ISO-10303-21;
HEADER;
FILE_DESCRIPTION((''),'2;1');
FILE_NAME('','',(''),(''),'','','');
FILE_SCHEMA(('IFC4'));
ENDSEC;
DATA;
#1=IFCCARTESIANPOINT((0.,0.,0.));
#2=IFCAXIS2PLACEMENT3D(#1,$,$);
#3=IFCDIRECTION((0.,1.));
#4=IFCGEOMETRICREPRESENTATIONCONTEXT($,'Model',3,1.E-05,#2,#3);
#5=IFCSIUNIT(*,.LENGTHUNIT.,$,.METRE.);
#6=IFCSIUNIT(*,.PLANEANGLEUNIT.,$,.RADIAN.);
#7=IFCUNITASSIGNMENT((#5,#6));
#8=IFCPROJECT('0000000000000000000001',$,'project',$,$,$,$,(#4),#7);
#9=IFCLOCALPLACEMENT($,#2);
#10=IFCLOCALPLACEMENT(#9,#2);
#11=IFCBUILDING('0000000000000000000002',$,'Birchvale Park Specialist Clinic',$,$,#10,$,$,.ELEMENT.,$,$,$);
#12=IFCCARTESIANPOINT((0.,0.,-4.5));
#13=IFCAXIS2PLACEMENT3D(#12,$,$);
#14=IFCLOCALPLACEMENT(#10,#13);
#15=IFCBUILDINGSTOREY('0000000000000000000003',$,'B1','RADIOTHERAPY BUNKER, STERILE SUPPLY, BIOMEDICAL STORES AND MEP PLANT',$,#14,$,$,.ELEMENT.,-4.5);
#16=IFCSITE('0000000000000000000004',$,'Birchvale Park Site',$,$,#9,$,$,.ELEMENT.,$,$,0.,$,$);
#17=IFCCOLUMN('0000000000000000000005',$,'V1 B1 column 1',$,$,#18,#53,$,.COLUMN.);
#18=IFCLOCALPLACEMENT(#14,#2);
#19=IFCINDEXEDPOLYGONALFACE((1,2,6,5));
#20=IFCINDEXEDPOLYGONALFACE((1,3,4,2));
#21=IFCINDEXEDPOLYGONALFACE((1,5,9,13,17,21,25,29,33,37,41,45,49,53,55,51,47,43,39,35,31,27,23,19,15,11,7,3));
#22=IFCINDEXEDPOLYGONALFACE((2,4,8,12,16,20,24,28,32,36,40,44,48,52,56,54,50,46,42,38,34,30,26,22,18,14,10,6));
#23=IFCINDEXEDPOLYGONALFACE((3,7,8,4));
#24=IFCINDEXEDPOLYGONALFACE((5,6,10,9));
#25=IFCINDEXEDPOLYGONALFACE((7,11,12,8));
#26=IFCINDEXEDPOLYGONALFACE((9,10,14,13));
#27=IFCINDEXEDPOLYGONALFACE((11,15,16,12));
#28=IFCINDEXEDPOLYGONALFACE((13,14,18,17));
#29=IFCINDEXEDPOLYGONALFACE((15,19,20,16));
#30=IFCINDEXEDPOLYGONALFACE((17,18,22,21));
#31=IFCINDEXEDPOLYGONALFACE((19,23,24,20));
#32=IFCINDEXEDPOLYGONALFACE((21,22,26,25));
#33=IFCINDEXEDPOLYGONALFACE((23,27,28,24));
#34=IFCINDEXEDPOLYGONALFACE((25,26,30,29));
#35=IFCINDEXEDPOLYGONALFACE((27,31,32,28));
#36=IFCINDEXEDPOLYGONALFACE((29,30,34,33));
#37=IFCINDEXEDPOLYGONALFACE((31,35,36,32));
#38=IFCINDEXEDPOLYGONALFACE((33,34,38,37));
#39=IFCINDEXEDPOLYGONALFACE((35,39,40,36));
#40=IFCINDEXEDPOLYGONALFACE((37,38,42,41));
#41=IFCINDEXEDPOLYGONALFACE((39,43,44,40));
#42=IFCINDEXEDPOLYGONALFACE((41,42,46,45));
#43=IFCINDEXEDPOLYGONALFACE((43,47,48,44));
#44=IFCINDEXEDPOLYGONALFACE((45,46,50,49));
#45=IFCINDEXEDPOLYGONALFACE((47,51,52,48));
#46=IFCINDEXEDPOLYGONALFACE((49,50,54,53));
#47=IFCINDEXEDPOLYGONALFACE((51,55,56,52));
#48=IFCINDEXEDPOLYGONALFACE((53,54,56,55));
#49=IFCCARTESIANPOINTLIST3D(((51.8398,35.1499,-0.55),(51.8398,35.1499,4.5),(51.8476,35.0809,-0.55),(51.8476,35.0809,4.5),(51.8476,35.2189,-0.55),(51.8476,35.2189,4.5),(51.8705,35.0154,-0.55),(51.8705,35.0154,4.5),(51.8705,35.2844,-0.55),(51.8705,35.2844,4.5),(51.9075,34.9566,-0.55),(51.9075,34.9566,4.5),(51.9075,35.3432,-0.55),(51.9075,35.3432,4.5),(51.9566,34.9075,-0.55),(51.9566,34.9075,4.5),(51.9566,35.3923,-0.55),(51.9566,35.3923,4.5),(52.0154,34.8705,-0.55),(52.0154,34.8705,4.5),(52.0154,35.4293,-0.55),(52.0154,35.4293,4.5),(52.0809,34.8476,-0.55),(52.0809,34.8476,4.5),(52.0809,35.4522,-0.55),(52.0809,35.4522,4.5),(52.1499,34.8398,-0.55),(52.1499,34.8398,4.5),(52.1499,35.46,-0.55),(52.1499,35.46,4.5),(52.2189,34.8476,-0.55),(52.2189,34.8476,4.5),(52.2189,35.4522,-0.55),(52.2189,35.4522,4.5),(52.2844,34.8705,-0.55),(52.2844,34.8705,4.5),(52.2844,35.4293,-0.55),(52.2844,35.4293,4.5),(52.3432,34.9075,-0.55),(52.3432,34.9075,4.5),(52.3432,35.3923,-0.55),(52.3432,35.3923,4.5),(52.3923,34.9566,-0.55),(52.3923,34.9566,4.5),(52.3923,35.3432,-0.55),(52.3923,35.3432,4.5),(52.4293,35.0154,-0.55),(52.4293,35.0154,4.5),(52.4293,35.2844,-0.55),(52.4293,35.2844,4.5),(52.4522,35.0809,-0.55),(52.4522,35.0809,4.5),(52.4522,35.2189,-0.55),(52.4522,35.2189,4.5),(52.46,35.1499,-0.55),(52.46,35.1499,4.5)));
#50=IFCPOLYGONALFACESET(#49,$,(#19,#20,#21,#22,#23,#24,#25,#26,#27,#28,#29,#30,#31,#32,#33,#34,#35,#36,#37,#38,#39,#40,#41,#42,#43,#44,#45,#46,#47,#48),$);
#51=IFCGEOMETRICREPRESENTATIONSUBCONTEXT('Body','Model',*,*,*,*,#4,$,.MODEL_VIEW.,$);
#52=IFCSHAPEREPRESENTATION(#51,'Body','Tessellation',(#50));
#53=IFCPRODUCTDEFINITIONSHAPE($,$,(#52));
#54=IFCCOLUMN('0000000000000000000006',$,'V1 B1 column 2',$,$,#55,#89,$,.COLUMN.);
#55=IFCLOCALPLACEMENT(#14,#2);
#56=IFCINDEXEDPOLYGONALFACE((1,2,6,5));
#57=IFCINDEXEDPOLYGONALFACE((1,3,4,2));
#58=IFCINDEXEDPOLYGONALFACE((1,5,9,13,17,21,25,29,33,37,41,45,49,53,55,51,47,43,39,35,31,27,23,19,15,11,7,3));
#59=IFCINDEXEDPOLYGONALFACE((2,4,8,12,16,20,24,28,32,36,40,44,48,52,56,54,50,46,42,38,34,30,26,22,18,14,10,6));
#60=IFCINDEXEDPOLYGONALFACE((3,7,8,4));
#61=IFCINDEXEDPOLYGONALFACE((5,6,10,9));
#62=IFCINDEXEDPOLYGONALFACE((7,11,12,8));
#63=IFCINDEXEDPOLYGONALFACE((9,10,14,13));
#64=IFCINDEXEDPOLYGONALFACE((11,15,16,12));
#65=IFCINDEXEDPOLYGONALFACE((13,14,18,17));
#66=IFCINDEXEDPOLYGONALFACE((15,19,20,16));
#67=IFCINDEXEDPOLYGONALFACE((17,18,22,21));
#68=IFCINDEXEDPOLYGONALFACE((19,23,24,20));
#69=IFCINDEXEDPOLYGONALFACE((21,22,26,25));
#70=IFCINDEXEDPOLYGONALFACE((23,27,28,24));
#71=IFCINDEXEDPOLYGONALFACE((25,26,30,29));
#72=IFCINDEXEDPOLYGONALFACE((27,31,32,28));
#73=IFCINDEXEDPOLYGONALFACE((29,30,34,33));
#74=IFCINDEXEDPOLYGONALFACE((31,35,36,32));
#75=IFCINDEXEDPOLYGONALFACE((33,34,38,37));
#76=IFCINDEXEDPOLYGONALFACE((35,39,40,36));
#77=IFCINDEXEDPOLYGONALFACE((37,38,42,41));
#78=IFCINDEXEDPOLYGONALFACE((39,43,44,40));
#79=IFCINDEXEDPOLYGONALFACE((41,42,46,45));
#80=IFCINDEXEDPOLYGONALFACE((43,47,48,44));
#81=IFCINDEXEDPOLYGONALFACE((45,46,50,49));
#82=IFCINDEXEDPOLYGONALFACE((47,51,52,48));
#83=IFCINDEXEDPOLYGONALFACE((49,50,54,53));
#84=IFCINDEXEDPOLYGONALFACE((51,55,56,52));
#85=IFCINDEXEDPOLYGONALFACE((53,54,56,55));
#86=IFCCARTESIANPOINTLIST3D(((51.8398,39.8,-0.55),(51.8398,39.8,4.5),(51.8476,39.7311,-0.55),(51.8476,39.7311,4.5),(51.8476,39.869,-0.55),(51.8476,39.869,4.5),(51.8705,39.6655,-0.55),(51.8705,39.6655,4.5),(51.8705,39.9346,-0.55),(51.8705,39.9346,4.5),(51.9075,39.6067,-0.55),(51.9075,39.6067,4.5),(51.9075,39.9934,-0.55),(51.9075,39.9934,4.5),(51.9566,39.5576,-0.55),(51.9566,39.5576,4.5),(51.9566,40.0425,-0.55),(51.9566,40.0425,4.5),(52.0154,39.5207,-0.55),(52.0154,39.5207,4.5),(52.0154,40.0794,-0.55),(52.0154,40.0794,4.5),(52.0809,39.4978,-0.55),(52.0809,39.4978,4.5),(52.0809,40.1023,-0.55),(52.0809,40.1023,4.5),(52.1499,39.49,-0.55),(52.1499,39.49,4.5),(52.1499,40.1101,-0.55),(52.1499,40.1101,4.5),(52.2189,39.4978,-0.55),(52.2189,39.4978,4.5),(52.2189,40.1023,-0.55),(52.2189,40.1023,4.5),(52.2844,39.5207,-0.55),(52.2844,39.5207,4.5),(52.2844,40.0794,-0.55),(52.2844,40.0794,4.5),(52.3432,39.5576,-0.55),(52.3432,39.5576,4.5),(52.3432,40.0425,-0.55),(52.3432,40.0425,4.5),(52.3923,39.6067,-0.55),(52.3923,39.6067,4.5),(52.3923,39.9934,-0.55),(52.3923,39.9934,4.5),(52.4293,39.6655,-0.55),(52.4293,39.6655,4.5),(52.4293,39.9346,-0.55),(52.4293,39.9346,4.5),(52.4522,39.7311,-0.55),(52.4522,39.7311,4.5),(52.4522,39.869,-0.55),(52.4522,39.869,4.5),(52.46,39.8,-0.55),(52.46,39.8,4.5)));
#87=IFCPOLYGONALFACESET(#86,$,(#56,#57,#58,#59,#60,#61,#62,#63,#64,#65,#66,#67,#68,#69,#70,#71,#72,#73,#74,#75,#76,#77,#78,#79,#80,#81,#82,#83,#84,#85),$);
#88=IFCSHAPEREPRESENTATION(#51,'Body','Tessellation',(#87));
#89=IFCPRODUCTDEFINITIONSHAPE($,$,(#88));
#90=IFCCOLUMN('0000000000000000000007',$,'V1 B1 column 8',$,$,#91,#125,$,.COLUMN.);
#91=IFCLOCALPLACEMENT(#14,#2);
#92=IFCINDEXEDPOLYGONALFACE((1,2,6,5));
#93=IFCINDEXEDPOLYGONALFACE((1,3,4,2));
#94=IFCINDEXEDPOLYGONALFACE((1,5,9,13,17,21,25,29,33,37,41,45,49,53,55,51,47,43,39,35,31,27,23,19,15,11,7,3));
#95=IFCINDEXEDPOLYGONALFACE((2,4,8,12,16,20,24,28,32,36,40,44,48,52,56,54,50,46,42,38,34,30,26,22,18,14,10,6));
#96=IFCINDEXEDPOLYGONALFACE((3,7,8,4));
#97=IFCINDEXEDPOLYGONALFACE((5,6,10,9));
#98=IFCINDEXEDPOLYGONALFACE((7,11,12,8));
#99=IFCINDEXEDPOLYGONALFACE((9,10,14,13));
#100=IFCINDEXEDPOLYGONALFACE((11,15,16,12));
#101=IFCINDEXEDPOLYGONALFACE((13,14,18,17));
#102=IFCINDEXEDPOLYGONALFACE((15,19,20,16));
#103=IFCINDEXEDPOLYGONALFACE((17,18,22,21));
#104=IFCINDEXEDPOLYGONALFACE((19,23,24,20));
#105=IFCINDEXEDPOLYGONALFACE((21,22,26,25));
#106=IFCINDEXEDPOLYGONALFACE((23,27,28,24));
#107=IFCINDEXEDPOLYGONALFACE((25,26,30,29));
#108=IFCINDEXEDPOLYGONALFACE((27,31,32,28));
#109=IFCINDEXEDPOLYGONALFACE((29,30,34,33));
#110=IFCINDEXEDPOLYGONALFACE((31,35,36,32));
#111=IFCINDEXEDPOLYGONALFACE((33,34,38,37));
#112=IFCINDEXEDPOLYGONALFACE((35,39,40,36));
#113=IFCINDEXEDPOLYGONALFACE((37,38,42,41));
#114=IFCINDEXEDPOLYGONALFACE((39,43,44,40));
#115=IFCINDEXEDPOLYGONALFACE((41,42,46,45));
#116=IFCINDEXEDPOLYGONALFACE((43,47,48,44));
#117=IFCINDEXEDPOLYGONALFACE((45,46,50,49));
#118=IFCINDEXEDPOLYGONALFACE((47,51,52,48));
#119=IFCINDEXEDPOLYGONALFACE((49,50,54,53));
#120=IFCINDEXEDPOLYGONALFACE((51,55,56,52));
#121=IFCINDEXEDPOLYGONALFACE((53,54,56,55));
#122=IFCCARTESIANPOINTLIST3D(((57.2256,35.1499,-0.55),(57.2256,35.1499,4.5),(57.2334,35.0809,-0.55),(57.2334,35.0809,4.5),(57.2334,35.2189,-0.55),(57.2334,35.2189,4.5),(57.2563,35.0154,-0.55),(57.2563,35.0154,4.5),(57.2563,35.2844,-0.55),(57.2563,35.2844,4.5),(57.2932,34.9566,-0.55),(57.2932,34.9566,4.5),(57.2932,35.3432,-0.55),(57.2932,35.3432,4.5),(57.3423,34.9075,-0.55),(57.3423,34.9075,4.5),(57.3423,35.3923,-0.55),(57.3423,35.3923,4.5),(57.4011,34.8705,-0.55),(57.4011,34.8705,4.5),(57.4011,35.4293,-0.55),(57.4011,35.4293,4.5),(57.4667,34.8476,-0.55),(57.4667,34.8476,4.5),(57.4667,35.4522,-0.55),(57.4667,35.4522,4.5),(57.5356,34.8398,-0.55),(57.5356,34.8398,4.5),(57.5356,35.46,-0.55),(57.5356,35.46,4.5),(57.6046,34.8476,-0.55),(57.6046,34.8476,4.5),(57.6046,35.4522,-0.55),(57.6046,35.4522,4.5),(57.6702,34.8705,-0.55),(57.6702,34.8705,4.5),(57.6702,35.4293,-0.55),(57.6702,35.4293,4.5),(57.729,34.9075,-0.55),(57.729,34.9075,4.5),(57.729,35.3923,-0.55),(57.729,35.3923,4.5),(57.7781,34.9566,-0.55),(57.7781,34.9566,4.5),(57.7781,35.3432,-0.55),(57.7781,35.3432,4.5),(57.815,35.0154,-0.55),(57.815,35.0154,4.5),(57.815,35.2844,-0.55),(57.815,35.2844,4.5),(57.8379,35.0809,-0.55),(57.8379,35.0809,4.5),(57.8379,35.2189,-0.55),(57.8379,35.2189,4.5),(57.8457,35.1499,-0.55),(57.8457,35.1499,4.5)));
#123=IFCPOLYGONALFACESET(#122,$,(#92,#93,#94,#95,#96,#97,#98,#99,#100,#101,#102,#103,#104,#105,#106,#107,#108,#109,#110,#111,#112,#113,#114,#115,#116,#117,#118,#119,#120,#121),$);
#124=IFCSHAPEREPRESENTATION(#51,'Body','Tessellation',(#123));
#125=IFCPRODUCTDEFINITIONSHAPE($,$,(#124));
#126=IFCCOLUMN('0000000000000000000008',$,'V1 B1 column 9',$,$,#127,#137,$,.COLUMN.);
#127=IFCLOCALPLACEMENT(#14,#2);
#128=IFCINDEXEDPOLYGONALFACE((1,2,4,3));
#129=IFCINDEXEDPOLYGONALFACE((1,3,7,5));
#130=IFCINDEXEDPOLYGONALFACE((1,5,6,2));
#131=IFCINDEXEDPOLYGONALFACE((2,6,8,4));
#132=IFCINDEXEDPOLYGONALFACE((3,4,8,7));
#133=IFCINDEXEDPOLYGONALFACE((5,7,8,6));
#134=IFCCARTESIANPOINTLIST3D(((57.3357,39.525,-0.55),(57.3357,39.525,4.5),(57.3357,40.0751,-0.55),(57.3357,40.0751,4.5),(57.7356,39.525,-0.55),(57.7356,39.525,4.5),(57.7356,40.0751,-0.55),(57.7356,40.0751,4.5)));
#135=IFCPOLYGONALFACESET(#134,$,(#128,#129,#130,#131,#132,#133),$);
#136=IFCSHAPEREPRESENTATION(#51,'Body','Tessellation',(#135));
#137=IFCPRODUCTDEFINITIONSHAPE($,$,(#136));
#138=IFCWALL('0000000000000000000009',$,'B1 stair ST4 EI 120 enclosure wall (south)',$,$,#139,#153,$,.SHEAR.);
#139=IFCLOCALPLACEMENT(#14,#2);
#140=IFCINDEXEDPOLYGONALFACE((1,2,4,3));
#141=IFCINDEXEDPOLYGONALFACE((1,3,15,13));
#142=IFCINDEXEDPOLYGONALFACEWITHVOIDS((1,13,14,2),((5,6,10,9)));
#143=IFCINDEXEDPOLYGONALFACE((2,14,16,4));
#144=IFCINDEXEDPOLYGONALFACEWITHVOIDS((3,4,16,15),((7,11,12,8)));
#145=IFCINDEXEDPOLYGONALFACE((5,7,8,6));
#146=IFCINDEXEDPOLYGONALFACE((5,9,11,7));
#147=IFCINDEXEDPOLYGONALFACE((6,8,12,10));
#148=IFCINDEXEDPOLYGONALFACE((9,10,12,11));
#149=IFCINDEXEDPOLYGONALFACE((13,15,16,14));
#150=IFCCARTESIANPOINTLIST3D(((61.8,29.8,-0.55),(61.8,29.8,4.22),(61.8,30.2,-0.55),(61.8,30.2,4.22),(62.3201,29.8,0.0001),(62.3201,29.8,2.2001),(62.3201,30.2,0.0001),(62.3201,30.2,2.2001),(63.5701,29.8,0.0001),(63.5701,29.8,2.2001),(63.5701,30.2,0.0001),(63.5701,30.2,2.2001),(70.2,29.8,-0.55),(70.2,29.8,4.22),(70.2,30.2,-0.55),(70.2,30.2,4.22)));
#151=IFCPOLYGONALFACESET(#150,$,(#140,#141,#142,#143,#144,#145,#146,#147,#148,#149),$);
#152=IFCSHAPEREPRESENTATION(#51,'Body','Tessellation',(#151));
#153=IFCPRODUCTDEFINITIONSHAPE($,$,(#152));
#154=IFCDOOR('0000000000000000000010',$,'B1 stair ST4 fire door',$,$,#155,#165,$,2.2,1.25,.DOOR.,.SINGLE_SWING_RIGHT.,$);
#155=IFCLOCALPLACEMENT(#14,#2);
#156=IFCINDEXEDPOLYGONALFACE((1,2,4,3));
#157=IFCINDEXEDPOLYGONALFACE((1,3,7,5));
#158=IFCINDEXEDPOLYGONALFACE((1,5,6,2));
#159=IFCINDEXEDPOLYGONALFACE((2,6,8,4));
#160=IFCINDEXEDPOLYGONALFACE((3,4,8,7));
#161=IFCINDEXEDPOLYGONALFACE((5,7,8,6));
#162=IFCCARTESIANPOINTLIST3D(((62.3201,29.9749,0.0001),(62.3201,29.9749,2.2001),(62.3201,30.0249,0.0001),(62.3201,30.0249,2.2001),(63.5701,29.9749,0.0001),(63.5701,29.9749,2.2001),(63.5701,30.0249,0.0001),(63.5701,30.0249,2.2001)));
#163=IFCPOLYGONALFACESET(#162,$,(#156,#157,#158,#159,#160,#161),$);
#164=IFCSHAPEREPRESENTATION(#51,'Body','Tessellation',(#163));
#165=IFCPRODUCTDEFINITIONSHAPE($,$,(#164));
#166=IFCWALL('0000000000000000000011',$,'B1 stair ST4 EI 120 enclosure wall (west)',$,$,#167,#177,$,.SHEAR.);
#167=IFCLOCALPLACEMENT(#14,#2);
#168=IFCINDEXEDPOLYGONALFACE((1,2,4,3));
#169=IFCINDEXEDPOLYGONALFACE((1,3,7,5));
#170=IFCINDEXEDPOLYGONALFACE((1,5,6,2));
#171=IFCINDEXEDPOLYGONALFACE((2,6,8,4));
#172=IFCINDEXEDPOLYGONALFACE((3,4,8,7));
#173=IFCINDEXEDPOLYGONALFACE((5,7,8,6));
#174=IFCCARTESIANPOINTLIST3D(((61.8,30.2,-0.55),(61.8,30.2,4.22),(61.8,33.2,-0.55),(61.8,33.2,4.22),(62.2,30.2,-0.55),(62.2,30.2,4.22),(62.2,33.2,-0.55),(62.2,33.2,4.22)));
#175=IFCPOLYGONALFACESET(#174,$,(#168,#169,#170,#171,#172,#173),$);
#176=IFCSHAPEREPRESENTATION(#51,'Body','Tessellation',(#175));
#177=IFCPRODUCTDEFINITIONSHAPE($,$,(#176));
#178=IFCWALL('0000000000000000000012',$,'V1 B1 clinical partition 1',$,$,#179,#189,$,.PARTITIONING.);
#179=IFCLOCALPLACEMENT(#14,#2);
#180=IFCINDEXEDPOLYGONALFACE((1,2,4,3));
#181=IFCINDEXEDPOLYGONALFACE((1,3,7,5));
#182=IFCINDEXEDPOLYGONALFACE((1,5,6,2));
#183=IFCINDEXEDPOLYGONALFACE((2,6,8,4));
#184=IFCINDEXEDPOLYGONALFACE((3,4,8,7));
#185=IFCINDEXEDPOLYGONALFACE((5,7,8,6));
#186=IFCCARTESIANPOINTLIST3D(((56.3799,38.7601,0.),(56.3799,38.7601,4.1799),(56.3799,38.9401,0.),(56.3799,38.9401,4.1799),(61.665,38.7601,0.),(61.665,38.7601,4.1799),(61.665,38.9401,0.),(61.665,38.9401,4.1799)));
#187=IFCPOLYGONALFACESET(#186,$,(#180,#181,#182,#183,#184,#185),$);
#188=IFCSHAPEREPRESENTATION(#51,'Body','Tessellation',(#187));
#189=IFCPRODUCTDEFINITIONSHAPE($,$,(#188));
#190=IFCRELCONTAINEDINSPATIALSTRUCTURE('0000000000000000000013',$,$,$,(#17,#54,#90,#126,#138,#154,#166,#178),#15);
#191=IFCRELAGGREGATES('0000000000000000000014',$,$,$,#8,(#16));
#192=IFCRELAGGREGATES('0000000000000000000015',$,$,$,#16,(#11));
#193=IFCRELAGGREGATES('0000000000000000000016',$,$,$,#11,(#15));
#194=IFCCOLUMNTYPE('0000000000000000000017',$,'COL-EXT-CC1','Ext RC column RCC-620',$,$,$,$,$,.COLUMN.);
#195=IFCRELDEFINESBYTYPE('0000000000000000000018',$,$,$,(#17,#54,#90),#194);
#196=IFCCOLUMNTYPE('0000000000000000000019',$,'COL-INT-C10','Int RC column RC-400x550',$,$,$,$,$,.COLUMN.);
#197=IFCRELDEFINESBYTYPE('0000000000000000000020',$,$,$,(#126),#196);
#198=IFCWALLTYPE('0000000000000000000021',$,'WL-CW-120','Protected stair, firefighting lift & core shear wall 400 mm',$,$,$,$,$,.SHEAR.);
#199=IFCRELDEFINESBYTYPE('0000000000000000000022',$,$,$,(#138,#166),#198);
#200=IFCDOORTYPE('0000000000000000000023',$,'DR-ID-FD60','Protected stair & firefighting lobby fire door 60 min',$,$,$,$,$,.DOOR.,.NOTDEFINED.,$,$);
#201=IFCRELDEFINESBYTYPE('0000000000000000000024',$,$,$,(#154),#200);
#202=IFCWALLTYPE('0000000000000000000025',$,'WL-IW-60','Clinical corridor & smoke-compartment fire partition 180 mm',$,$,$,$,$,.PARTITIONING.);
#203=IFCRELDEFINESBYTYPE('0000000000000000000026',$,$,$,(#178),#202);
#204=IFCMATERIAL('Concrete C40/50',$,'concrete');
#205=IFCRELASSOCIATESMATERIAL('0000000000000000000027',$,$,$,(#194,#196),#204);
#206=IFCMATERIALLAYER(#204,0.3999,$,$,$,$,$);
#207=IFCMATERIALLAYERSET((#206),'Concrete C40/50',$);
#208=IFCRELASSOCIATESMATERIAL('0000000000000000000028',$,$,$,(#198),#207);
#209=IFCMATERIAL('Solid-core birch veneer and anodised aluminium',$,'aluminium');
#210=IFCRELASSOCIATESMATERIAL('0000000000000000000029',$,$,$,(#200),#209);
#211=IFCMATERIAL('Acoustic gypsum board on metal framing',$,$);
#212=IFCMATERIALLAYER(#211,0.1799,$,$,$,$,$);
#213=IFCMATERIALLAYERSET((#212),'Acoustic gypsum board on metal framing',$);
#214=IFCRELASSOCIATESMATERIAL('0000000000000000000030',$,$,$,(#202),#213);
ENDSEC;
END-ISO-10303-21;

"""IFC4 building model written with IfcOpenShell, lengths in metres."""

from ifc_helpers import new_model, si_unit, direction, frame, frame_2d, origin, origin_2d, place, context, subcontext, project, spatial, rectangle, circle, extrude, material, layer, layer_set, material_profile, profile_set, type_object, element, fill, save


model = new_model("IFC4")

# Units and contexts
model_context = context("Model", 3, precision=1e-05, world=origin(), true_north=direction((0.0, 1.0)))
body_context = subcontext(model_context, "Body", "Model", "MODEL_VIEW")
ifc_project = project(units=[si_unit("LENGTHUNIT", "METRE"), si_unit("PLANEANGLEUNIT", "RADIAN")], contexts=[model_context])

# Site, building, storey
site_placement = place(None, origin())
site = spatial("IfcSite", under=ifc_project, at=site_placement, Name="Birchvale Park Site", CompositionType="ELEMENT", RefElevation=0.0)
building_placement = place(site_placement, origin())
building = spatial("IfcBuilding", under=site, at=building_placement, Name="Birchvale Park Specialist Clinic", CompositionType="ELEMENT")
storey_placement = place(building_placement, frame((0.0, 0.0, -4.5)))
storey = spatial("IfcBuildingStorey", under=building, at=storey_placement, Name="B1", Description="RADIOTHERAPY BUNKER, STERILE SUPPLY, BIOMEDICAL STORES AND MEP PLANT", CompositionType="ELEMENT", Elevation=-4.5)

# Shared definitions
ifc_material_1 = material(Name="Concrete C40/50", Category="concrete")

# Columns
ifc_material_profile_1 = material_profile(ifc_material_1, circle(Radius=0.3101, at=origin_2d()), Name="RCC-620")
ifc_profile_set_1 = profile_set([ifc_material_profile_1], Name="Concrete C40/50")
column_type_1 = type_object("IfcColumnType", Name="COL-EXT-CC1", Description="Ext RC column RCC-620", PredefinedType="COLUMN", material=ifc_profile_set_1)
for number, where, z_axis, x_axis, name in (
    (1, (52.1499, 35.1499, -0.55), (0.0, 0.0, 1.0), (1.0, 0.0, 0.0), "V1 B1 column 1"),
    (2, (52.1499, 39.8, -0.55), (0.0, 0.0, 1.0), (1.0, 0.0, 0.0), "V1 B1 column 2"),
    (3, (57.5356, 35.1499, -0.55), (0.0, 0.0, 1.0), (1.0, 0.0, 0.0), "V1 B1 column 8"),
):
    element("IfcColumn", number, at=place(storey_placement, frame(where, z_axis=z_axis, x_axis=x_axis)), inside=storey, type_object=column_type_1, Name=name, PredefinedType="COLUMN", context=body_context, shape_type="SweptSolid", body=[
        extrude(circle(Radius=0.3101, at=origin_2d()), origin(), (0.0, 0.0, 1.0), 5.05),
    ])
ifc_material_profile_2 = material_profile(ifc_material_1, rectangle(XDim=0.3999, YDim=0.55, at=origin_2d()), Name="RC-400x550")
ifc_profile_set_2 = profile_set([ifc_material_profile_2], Name="Concrete C40/50")
column_type_2 = type_object("IfcColumnType", Name="COL-INT-C10", Description="Int RC column RC-400x550", PredefinedType="COLUMN", material=ifc_profile_set_2)
column_1_placement = place(storey_placement, frame((57.5356, 39.8, -0.55), z_axis=(0.0, 0.0, 1.0), x_axis=(1.0, 0.0, 0.0)))
element("IfcColumn", 4, at=column_1_placement, inside=storey, type_object=column_type_2, Name="V1 B1 column 9", PredefinedType="COLUMN", context=body_context, shape_type="SweptSolid", body=[
    extrude(rectangle(XDim=0.3999, YDim=0.55, at=origin_2d()), origin(), (0.0, 0.0, 1.0), 5.05),
])

# Wall, opening, door
ifc_layer_1 = layer(ifc_material_1, 0.3999)
ifc_layer_set_1 = layer_set([ifc_layer_1], Name="Concrete C40/50")
wall_type_1 = type_object("IfcWallType", Name="WL-CW-120", Description="Protected stair, firefighting lift & core shear wall 400 mm", PredefinedType="SHEAR", material=ifc_layer_set_1)
wall_1_placement = place(storey_placement, frame((61.8, 30.0, -0.55), z_axis=(0.0, 0.0, 1.0), x_axis=(1.0, 0.0, 0.0)))
wall_1 = element("IfcWall", 5, at=wall_1_placement, inside=storey, type_object=wall_type_1, Name="B1 stair ST4 EI 120 enclosure wall (south)", PredefinedType="SHEAR", context=body_context, shape_type="SweptSolid", body=[
    extrude(rectangle(XDim=8.3999, YDim=0.3999, at=frame_2d((4.2, 0.0))), origin(), (0.0, 0.0, 1.0), 4.77),
])
opening_1_placement = place(wall_1_placement, frame((0.52, 0.0, 0.55)))
opening_1 = element("IfcOpeningElement", 6, at=opening_1_placement, cuts=wall_1, PredefinedType="OPENING", context=body_context, shape_type="SweptSolid", body=[
    extrude(rectangle(XDim=1.25, YDim=2.2, at=frame_2d((0.625, 1.1001))), frame((0.0, 0.21, 0.0), z_axis=(0.0, -1.0, 0.0), x_axis=(1.0, 0.0, 0.0)), (0.0, 0.0, 1.0), 0.4199),
])
ifc_material_2 = material(Name="Solid-core birch veneer and anodised aluminium", Category="aluminium")
door_type_1 = type_object("IfcDoorType", Name="DR-ID-FD60", Description="Protected stair & firefighting lobby fire door 60 min", OperationType="NOTDEFINED", PredefinedType="DOOR", material=ifc_material_2)
door_1_placement = place(opening_1_placement, origin())
door_1 = element("IfcDoor", 7, at=door_1_placement, inside=storey, type_object=door_type_1, Name="B1 stair ST4 fire door", OperationType="SINGLE_SWING_RIGHT", OverallHeight=2.2, OverallWidth=1.25, PredefinedType="DOOR", context=body_context, shape_type="SweptSolid", body=[
    extrude(rectangle(XDim=1.25, YDim=2.2, at=frame_2d((0.625, 1.1001))), frame((0.0, 0.0249, 0.0), z_axis=(0.0, -1.0, 0.0), x_axis=(1.0, 0.0, 0.0)), (0.0, 0.0, 1.0), 0.05),
])
fill(opening_1, door_1)

# Walls
wall_2_placement = place(storey_placement, frame((62.0, 30.2, -0.55), z_axis=(0.0, 0.0, 1.0), x_axis=(0.0, 1.0, 0.0)))
element("IfcWall", 8, at=wall_2_placement, inside=storey, type_object=wall_type_1, Name="B1 stair ST4 EI 120 enclosure wall (west)", PredefinedType="SHEAR", context=body_context, shape_type="SweptSolid", body=[
    extrude(rectangle(XDim=3.0, YDim=0.3999, at=frame_2d((1.5, 0.0))), origin(), (0.0, 0.0, 1.0), 4.77),
])
ifc_material_3 = material(Name="Acoustic gypsum board on metal framing")
ifc_layer_2 = layer(ifc_material_3, 0.1799)
ifc_layer_set_2 = layer_set([ifc_layer_2], Name="Acoustic gypsum board on metal framing")
wall_type_2 = type_object("IfcWallType", Name="WL-IW-60", Description="Clinical corridor & smoke-compartment fire partition 180 mm", PredefinedType="PARTITIONING", material=ifc_layer_set_2)
wall_3_placement = place(storey_placement, frame((61.665, 38.8501, 0.0), z_axis=(0.0, 0.0, 1.0), x_axis=(-1.0, 0.0, 0.0)))
element("IfcWall", 9, at=wall_3_placement, inside=storey, type_object=wall_type_2, Name="V1 B1 clinical partition 1", PredefinedType="PARTITIONING", context=body_context, shape_type="SweptSolid", body=[
    extrude(rectangle(XDim=5.2852, YDim=0.1799, at=frame_2d((2.6426, 0.0))), origin(), (0.0, 0.0, 1.0), 4.1799),
])

save(model, "model.ifc")
